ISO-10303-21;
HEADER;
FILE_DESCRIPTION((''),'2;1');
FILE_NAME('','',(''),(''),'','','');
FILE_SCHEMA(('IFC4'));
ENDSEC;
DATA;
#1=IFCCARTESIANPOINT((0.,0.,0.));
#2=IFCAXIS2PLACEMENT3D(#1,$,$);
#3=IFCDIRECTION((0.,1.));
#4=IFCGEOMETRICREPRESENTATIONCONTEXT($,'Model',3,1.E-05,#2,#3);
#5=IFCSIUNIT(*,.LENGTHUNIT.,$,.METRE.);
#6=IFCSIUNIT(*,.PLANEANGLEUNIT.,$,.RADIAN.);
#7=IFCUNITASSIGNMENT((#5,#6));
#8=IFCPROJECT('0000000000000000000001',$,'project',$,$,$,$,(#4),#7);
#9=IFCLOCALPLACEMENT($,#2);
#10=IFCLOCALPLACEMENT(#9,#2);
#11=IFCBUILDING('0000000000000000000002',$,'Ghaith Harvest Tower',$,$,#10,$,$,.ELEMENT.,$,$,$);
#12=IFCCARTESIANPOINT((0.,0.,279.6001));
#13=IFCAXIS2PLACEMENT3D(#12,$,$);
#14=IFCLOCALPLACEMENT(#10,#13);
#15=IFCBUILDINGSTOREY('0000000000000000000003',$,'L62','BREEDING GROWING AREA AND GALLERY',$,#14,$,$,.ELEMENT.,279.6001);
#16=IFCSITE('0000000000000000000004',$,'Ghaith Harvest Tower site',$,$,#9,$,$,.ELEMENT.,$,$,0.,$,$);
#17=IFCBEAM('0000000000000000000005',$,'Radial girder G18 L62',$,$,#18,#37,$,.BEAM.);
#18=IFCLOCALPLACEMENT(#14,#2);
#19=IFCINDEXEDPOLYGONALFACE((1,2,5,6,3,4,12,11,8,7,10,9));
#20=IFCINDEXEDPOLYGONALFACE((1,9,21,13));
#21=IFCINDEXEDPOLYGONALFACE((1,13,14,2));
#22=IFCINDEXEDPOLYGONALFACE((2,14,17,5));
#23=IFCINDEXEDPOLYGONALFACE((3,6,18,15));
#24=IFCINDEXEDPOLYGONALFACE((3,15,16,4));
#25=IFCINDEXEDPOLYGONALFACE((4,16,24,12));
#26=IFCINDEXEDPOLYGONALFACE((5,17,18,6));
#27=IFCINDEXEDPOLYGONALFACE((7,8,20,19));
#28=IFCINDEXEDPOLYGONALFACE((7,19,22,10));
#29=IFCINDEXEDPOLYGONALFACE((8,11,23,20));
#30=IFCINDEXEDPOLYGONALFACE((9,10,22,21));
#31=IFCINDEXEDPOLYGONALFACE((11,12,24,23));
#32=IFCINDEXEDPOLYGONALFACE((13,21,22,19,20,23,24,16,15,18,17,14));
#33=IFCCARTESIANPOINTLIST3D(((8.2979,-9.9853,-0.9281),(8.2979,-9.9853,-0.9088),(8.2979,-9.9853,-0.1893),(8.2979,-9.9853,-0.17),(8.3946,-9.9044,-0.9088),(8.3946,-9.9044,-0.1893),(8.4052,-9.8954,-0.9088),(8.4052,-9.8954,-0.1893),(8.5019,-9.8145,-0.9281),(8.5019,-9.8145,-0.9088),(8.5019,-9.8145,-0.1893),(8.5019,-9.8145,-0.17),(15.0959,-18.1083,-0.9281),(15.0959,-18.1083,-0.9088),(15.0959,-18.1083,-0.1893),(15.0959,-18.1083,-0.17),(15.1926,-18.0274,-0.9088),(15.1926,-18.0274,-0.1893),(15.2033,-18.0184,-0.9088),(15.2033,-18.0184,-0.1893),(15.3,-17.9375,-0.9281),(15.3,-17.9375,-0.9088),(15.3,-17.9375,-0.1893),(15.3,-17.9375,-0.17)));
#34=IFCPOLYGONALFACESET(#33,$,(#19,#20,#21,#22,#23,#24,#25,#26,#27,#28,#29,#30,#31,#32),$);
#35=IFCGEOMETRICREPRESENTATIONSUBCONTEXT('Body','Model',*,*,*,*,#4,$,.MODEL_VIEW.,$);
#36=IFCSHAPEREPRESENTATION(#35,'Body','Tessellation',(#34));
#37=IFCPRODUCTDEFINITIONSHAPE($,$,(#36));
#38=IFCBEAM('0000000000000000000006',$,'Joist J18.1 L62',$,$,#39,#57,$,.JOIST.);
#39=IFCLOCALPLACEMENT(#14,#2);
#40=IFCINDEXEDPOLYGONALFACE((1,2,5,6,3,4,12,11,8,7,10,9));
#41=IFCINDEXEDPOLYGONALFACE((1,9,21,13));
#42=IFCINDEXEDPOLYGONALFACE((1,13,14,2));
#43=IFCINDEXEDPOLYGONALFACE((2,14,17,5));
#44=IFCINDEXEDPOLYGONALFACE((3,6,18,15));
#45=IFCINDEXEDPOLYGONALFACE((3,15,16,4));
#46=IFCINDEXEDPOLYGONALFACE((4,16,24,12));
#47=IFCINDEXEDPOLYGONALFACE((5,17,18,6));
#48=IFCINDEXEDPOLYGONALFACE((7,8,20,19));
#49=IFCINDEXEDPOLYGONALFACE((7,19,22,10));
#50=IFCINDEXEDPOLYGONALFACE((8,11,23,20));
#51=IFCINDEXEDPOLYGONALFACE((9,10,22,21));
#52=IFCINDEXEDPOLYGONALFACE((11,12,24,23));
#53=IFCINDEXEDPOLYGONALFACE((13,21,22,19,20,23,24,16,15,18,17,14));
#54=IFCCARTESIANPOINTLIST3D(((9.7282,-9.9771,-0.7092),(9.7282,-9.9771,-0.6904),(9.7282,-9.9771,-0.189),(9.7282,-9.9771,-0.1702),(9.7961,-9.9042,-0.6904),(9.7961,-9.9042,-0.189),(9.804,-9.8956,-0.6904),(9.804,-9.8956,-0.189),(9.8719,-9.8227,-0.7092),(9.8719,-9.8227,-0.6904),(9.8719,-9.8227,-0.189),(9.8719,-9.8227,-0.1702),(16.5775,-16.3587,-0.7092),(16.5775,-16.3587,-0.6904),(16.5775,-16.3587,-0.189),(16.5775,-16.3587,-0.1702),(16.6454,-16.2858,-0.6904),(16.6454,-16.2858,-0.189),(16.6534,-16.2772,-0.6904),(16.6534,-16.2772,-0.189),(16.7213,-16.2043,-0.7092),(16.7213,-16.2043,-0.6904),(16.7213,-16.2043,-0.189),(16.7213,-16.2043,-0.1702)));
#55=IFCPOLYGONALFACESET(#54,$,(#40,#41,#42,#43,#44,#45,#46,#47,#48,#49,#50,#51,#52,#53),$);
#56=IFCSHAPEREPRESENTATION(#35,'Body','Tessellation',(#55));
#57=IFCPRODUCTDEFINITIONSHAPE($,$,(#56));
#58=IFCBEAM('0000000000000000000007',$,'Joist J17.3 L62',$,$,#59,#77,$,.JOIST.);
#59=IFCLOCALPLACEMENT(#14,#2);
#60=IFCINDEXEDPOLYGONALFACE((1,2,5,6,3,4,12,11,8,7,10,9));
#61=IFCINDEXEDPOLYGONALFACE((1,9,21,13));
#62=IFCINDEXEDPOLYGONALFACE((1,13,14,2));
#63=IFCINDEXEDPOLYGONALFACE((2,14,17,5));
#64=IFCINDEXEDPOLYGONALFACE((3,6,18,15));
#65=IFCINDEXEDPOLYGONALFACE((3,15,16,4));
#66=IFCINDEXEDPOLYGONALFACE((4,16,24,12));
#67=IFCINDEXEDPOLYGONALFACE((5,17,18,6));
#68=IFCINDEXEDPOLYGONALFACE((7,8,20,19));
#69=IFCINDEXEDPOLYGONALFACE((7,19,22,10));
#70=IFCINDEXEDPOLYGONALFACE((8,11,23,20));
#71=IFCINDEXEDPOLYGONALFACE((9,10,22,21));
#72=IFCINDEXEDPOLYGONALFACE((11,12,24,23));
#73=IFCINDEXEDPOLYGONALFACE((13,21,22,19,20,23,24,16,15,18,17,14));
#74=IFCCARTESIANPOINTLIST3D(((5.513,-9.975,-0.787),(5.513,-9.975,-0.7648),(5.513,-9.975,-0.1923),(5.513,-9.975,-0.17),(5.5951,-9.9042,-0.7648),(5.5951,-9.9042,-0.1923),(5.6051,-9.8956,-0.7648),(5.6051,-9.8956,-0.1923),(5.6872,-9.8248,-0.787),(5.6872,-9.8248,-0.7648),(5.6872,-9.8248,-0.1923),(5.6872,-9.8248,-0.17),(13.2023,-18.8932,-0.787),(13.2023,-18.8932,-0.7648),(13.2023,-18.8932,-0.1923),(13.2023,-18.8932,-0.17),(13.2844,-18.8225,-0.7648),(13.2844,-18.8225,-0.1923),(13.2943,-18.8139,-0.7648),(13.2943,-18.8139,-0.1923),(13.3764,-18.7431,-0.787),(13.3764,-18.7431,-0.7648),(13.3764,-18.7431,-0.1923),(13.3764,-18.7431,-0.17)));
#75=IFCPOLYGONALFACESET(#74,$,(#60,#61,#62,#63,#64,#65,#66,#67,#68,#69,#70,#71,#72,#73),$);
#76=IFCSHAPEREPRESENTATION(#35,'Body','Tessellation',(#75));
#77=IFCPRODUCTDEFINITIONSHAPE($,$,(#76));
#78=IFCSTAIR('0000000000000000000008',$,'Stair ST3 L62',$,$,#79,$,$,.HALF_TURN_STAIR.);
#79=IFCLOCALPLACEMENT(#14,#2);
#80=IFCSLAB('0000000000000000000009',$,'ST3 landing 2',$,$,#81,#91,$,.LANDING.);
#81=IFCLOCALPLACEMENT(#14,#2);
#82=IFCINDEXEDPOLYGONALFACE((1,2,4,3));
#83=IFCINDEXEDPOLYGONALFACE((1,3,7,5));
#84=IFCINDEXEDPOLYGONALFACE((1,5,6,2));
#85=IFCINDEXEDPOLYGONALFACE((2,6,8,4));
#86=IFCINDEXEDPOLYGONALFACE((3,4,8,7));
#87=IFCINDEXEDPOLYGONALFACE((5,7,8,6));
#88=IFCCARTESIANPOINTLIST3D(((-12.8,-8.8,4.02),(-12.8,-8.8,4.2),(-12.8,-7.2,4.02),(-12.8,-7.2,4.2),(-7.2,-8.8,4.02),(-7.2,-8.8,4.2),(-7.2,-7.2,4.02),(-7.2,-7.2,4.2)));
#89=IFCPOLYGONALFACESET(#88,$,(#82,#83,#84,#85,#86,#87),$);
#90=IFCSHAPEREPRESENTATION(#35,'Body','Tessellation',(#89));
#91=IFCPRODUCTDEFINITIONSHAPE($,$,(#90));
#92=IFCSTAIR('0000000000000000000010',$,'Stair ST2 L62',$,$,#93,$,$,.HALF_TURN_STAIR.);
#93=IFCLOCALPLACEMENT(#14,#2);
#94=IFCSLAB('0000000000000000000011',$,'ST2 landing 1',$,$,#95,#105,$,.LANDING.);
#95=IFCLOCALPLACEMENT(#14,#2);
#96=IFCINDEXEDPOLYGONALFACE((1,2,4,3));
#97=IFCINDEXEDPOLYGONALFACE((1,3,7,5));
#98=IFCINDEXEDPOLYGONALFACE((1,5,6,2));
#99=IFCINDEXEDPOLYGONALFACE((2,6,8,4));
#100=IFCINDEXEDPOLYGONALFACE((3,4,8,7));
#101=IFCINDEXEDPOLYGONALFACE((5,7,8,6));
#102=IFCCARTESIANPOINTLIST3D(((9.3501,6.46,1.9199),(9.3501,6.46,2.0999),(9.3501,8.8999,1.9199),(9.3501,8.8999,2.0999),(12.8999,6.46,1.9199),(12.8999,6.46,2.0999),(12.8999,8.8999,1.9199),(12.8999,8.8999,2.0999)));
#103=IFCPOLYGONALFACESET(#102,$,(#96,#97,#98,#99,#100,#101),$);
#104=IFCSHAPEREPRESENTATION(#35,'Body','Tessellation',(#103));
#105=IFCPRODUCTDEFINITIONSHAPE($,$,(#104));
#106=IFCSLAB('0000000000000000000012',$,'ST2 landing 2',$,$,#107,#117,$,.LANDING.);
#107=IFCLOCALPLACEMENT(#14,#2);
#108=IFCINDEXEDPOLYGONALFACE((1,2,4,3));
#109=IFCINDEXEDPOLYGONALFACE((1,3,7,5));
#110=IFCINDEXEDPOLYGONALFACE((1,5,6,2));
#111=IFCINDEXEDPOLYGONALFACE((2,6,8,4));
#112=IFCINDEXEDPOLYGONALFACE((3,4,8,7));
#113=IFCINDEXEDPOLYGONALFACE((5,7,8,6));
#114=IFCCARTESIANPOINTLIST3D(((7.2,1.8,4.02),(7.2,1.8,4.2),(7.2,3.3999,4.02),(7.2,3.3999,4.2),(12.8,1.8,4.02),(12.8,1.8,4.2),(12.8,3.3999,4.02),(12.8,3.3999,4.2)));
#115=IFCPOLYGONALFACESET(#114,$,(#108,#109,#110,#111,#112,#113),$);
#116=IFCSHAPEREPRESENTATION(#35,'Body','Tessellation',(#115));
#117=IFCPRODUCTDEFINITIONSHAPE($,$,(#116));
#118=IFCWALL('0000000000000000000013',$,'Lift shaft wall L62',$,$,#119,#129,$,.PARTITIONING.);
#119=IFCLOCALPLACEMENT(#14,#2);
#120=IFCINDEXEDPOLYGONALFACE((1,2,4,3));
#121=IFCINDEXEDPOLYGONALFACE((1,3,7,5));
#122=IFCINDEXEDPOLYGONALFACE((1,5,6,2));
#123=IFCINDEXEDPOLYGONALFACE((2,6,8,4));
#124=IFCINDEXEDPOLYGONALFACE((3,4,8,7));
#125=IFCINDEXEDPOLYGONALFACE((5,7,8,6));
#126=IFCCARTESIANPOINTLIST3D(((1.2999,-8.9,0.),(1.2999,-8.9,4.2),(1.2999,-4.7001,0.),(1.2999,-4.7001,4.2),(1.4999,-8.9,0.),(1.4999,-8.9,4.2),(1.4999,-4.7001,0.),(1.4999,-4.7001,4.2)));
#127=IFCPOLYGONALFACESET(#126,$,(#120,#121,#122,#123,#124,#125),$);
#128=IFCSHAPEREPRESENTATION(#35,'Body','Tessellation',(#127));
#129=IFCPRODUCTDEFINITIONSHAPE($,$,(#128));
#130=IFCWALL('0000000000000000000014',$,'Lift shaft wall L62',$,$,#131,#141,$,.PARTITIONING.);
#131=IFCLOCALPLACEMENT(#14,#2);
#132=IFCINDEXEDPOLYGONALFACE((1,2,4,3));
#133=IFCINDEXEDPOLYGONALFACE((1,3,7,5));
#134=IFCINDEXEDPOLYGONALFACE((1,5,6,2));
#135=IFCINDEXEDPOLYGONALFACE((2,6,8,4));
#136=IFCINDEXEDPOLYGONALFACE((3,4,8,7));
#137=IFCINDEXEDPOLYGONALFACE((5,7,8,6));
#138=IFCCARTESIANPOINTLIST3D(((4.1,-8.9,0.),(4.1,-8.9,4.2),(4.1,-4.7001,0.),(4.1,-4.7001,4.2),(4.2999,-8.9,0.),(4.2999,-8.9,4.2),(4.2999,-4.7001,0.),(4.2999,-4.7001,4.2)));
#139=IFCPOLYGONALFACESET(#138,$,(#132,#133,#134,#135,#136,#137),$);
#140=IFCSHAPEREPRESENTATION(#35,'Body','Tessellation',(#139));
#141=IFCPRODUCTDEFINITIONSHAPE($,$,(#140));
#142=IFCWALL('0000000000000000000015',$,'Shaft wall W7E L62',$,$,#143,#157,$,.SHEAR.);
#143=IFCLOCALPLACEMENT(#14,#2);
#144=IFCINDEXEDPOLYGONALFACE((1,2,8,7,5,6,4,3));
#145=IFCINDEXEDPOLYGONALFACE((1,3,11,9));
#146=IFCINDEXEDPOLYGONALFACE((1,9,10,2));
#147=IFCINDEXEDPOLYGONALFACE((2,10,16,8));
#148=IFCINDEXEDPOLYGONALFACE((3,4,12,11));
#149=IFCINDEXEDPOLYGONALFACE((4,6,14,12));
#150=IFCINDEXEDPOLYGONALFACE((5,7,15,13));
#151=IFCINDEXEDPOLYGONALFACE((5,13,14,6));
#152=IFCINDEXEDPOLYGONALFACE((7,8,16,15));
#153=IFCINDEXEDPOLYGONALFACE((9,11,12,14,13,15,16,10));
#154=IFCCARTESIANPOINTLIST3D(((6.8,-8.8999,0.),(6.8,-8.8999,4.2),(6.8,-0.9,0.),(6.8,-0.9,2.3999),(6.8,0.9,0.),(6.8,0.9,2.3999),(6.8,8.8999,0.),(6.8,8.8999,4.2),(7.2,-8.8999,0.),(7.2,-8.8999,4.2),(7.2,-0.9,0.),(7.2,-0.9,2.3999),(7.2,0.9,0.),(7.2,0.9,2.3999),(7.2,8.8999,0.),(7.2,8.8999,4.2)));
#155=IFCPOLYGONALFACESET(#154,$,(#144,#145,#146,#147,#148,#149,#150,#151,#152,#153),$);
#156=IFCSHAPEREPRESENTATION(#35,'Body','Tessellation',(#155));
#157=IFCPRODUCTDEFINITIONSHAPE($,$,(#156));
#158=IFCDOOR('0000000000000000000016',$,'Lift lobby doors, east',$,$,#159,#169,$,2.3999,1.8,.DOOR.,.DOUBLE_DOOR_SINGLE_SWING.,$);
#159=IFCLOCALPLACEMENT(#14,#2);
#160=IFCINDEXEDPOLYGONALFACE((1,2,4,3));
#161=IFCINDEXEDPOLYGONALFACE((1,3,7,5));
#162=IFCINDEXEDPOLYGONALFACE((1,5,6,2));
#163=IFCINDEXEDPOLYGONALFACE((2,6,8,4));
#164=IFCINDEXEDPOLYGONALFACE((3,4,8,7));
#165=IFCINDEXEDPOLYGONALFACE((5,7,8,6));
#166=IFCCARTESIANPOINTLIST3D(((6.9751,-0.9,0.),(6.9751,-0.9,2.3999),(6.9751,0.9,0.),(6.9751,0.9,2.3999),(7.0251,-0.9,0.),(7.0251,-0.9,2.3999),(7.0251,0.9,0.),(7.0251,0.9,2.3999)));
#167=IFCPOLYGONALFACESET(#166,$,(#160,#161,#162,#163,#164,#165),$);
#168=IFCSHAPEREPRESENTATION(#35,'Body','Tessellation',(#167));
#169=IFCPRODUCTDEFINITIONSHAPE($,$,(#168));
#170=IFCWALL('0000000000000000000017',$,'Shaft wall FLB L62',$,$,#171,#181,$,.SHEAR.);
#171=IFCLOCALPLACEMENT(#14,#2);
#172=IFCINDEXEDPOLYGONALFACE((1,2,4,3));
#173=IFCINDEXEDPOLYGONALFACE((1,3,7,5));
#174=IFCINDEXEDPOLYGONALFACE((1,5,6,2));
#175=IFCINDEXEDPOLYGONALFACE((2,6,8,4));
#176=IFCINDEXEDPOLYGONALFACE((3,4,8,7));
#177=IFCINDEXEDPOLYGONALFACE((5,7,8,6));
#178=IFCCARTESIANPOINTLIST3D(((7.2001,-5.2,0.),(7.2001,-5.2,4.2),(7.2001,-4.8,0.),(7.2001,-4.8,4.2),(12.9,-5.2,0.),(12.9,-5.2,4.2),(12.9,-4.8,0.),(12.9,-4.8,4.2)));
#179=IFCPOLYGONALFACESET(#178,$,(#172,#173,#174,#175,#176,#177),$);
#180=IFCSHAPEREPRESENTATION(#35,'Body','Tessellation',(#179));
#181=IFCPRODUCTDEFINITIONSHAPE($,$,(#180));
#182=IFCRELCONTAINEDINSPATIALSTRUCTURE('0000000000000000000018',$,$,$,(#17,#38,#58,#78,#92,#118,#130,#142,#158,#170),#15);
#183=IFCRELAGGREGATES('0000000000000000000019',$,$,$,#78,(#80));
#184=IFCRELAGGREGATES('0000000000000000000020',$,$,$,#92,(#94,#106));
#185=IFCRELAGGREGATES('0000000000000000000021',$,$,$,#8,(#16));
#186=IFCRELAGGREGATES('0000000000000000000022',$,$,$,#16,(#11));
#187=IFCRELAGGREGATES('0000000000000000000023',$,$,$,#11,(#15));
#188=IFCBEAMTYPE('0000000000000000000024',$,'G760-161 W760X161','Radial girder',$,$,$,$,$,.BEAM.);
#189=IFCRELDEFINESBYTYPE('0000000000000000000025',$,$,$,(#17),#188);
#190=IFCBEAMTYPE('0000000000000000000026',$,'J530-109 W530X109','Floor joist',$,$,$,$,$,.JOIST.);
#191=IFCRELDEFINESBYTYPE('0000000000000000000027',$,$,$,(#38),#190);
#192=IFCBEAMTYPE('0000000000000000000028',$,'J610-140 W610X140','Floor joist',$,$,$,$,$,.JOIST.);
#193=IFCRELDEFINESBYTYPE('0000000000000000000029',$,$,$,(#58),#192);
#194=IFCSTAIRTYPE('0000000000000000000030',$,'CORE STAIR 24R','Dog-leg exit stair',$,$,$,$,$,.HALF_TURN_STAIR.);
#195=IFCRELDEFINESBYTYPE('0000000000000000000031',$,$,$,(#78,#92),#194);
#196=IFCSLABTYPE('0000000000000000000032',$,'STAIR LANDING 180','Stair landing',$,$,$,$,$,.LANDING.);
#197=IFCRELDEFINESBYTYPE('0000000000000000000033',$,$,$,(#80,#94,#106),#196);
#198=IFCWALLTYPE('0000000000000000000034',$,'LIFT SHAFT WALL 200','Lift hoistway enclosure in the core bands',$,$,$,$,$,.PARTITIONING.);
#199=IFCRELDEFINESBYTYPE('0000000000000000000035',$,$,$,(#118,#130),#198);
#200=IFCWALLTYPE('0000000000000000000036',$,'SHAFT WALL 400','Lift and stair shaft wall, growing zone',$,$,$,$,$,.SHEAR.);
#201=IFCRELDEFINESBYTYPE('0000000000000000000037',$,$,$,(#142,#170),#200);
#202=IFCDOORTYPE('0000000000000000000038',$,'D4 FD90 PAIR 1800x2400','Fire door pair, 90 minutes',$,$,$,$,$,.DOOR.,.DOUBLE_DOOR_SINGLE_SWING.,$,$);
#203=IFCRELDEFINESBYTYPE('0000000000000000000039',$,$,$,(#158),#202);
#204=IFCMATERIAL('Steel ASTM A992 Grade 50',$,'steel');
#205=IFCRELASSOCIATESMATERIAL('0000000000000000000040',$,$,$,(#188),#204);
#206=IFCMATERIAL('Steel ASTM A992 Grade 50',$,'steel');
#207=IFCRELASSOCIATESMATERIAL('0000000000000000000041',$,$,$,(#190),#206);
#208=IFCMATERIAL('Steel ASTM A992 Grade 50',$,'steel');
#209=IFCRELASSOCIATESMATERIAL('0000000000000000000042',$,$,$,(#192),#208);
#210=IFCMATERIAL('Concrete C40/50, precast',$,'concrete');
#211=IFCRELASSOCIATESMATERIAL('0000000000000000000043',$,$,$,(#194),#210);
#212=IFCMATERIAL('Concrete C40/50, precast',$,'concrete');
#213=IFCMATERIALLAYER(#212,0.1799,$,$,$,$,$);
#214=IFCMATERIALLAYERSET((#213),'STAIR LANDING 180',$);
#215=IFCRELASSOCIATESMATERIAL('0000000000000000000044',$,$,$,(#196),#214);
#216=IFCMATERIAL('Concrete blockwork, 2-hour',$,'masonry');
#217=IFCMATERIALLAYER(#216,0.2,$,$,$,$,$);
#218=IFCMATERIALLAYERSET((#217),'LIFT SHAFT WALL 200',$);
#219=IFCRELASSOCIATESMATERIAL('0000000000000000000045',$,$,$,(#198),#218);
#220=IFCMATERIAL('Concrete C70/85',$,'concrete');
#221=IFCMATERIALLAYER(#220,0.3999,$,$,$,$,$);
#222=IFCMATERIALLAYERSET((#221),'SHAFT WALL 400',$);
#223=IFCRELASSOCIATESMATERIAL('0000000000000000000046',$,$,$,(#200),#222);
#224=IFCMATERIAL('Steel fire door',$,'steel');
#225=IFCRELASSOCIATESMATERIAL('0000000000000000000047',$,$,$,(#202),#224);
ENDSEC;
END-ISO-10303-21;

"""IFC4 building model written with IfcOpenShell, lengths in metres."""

from ifc_helpers import new_model, si_unit, direction, frame, frame_2d, origin, origin_2d, place, context, subcontext, project, spatial, polyline, rectangle, i_section, outline, extrude, material, layer, layer_set, material_profile, profile_set, type_object, element, fill, aggregate, save


model = new_model("IFC4")

# Units and contexts
model_context = context("Model", 3, precision=1e-05, world=origin(), true_north=direction((0.0, 1.0)))
body_context = subcontext(model_context, "Body", "Model", "MODEL_VIEW")
ifc_project = project(units=[si_unit("LENGTHUNIT", "METRE"), si_unit("PLANEANGLEUNIT", "RADIAN")], contexts=[model_context])

# Site, building, storey
site_placement = place(None, origin())
site = spatial("IfcSite", under=ifc_project, at=site_placement, Name="Ghaith Harvest Tower site", CompositionType="ELEMENT", RefElevation=0.0)
building_placement = place(site_placement, origin())
building = spatial("IfcBuilding", under=site, at=building_placement, Name="Ghaith Harvest Tower", CompositionType="ELEMENT")
storey_placement = place(building_placement, frame((0.0, 0.0, 279.6001)))
storey = spatial("IfcBuildingStorey", under=building, at=storey_placement, Name="L62", Description="BREEDING GROWING AREA AND GALLERY", CompositionType="ELEMENT", Elevation=279.6001)

# Beams
ifc_material_1 = material(Name="Steel ASTM A992 Grade 50", Category="steel")
ifc_material_profile_1 = material_profile(ifc_material_1, i_section(OverallWidth=0.2661, OverallDepth=0.7581, WebThickness=0.0139, FlangeThickness=0.0193, at=origin_2d()), Name="W760X161")
ifc_profile_set_1 = profile_set([ifc_material_profile_1], Name="Steel ASTM A992 Grade 50")
beam_type_1 = type_object("IfcBeamType", Name="G760-161 W760X161", Description="Radial girder", PredefinedType="BEAM", material=ifc_profile_set_1)
beam_1_placement = place(storey_placement, frame((8.3999, -9.8999, -0.5491), z_axis=(0.641793, -0.766878, 0.0), x_axis=(0.766878, 0.641793, 0.0)))
element("IfcBeam", 1, at=beam_1_placement, inside=storey, type_object=beam_type_1, Name="Radial girder G18 L62", PredefinedType="BEAM", context=body_context, shape_type="SweptSolid", body=[
    extrude(i_section(OverallWidth=0.2661, OverallDepth=0.7581, WebThickness=0.0139, FlangeThickness=0.0193, at=origin_2d()), origin(), (0.0, 0.0, 1.0), 10.5923),
])
ifc_material_2 = material(Name="Steel ASTM A992 Grade 50", Category="steel")
ifc_material_profile_2 = material_profile(ifc_material_2, i_section(OverallWidth=0.2109, OverallDepth=0.5391, WebThickness=0.0117, FlangeThickness=0.0188, at=origin_2d()), Name="W530X109")
ifc_profile_set_2 = profile_set([ifc_material_profile_2], Name="Steel ASTM A992 Grade 50")
beam_type_2 = type_object("IfcBeamType", Name="J530-109 W530X109", Description="Floor joist", PredefinedType="JOIST", material=ifc_profile_set_2)
beam_2_placement = place(storey_placement, frame((9.8, -9.8999, -0.4397), z_axis=(0.731649, -0.681682, 0.0), x_axis=(0.681682, 0.731649, 0.0)))
element("IfcBeam", 2, at=beam_2_placement, inside=storey, type_object=beam_type_2, Name="Joist J18.1 L62", PredefinedType="JOIST", context=body_context, shape_type="SweptSolid", body=[
    extrude(i_section(OverallWidth=0.2109, OverallDepth=0.5391, WebThickness=0.0117, FlangeThickness=0.0188, at=origin_2d()), origin(), (0.0, 0.0, 1.0), 9.3616),
])
ifc_material_3 = material(Name="Steel ASTM A992 Grade 50", Category="steel")
ifc_material_profile_3 = material_profile(ifc_material_3, i_section(OverallWidth=0.23, OverallDepth=0.6169, WebThickness=0.0132, FlangeThickness=0.0222, at=origin_2d()), Name="W610X140")
ifc_profile_set_3 = profile_set([ifc_material_profile_3], Name="Steel ASTM A992 Grade 50")
beam_type_3 = type_object("IfcBeamType", Name="J610-140 W610X140", Description="Floor joist", PredefinedType="JOIST", material=ifc_profile_set_3)
beam_3_placement = place(storey_placement, frame((5.6001, -9.8999, -0.4785), z_axis=(0.652993, -0.757364, 0.0), x_axis=(0.757364, 0.652993, 0.0)))
element("IfcBeam", 3, at=beam_3_placement, inside=storey, type_object=beam_type_3, Name="Joist J17.3 L62", PredefinedType="JOIST", context=body_context, shape_type="SweptSolid", body=[
    extrude(i_section(OverallWidth=0.23, OverallDepth=0.6169, WebThickness=0.0132, FlangeThickness=0.0222, at=origin_2d()), origin(), (0.0, 0.0, 1.0), 11.7754),
])

# Stair, slab
ifc_material_4 = material(Name="Concrete C40/50, precast", Category="concrete")
stair_type = type_object("IfcStairType", Name="CORE STAIR 24R", Description="Dog-leg exit stair", PredefinedType="HALF_TURN_STAIR", material=ifc_material_4)
stair_1_placement = place(storey_placement, origin())
stair_1 = element("IfcStair", 4, at=stair_1_placement, inside=storey, type_object=stair_type, Name="Stair ST3 L62", PredefinedType="HALF_TURN_STAIR")
ifc_material_5 = material(Name="Concrete C40/50, precast", Category="concrete")
ifc_layer_1 = layer(ifc_material_5, 0.1799)
ifc_layer_set_1 = layer_set([ifc_layer_1], Name="STAIR LANDING 180")
slab_type = type_object("IfcSlabType", Name="STAIR LANDING 180", Description="Stair landing", PredefinedType="LANDING", material=ifc_layer_set_1)
slab_1_placement = place(storey_placement, frame((0.0, 0.0, 4.02)))
slab_1 = element("IfcSlab", 5, at=slab_1_placement, type_object=slab_type, Name="ST3 landing 2", PredefinedType="LANDING", context=body_context, shape_type="SweptSolid", body=[
    extrude(outline(polyline([(-12.8, -8.8), (-12.8, -7.2), (-7.2, -7.2), (-7.2, -8.8), (-12.8, -8.8)])), origin(), (0.0, 0.0, 1.0), 0.1799),
])
aggregate(stair_1, [slab_1])

# Stair, slabs
stair_2_placement = place(storey_placement, origin())
stair_2 = element("IfcStair", 6, at=stair_2_placement, inside=storey, type_object=stair_type, Name="Stair ST2 L62", PredefinedType="HALF_TURN_STAIR")
slab_2_placement = place(storey_placement, frame((0.0, 0.0, 1.9199)))
slab_2 = element("IfcSlab", 7, at=slab_2_placement, type_object=slab_type, Name="ST2 landing 1", PredefinedType="LANDING", context=body_context, shape_type="SweptSolid", body=[
    extrude(outline(polyline([(12.8999, 6.46), (12.8999, 8.8999), (9.3501, 8.8999), (9.3501, 6.46), (12.8999, 6.46)])), origin(), (0.0, 0.0, 1.0), 0.1799),
])
slab_3_placement = place(storey_placement, frame((0.0, 0.0, 4.02)))
slab_3 = element("IfcSlab", 8, at=slab_3_placement, type_object=slab_type, Name="ST2 landing 2", PredefinedType="LANDING", context=body_context, shape_type="SweptSolid", body=[
    extrude(outline(polyline([(12.8, 1.8), (12.8, 3.3999), (7.2, 3.3999), (7.2, 1.8), (12.8, 1.8)])), origin(), (0.0, 0.0, 1.0), 0.1799),
])
aggregate(stair_2, [slab_2, slab_3])

# Walls
ifc_material_6 = material(Name="Concrete blockwork, 2-hour", Category="masonry")
ifc_layer_2 = layer(ifc_material_6, 0.2)
ifc_layer_set_2 = layer_set([ifc_layer_2], Name="LIFT SHAFT WALL 200")
wall_type_1 = type_object("IfcWallType", Name="LIFT SHAFT WALL 200", Description="Lift hoistway enclosure in the core bands", PredefinedType="PARTITIONING", material=ifc_layer_set_2)
for number, where, z_axis, x_axis, name in (
    (9, (1.3999, -4.7, 0.0), (0.0, 0.0, 1.0), (0.0, -1.0, 0.0), "Lift shaft wall L62"),
    (10, (4.2, -4.7, 0.0), (0.0, 0.0, 1.0), (0.0, -1.0, 0.0), "Lift shaft wall L62"),
):
    element("IfcWall", number, at=place(storey_placement, frame(where, z_axis=z_axis, x_axis=x_axis)), inside=storey, type_object=wall_type_1, Name=name, PredefinedType="PARTITIONING", context=body_context, shape_type="SweptSolid", body=[
        extrude(rectangle(XDim=4.2, YDim=0.2, at=frame_2d((2.1001, 0.0))), origin(), (0.0, 0.0, 1.0), 4.2),
    ])

# Wall, opening, door
ifc_material_7 = material(Name="Concrete C70/85", Category="concrete")
ifc_layer_3 = layer(ifc_material_7, 0.3999)
ifc_layer_set_3 = layer_set([ifc_layer_3], Name="SHAFT WALL 400")
wall_type_2 = type_object("IfcWallType", Name="SHAFT WALL 400", Description="Lift and stair shaft wall, growing zone", PredefinedType="SHEAR", material=ifc_layer_set_3)
wall_1_placement = place(storey_placement, frame((7.0, -8.8999, 0.0), z_axis=(0.0, 0.0, 1.0), x_axis=(0.0, 1.0, 0.0)))
wall_1 = element("IfcWall", 11, at=wall_1_placement, inside=storey, type_object=wall_type_2, Name="Shaft wall W7E L62", PredefinedType="SHEAR", context=body_context, shape_type="SweptSolid", body=[
    extrude(rectangle(XDim=17.7998, YDim=0.3999, at=frame_2d((8.8999, 0.0))), origin(), (0.0, 0.0, 1.0), 4.2),
])
opening_1_placement = place(wall_1_placement, frame((8.0, 0.0, 0.0)))
opening_1 = element("IfcOpeningElement", 12, at=opening_1_placement, cuts=wall_1, PredefinedType="OPENING", context=body_context, shape_type="SweptSolid", body=[
    extrude(rectangle(XDim=1.8, YDim=2.3999, at=frame_2d((0.8999, 1.2))), frame((0.0, 0.21, 0.0), z_axis=(0.0, -1.0, 0.0), x_axis=(1.0, 0.0, 0.0)), (0.0, 0.0, 1.0), 0.4199),
])
ifc_material_8 = material(Name="Steel fire door", Category="steel")
door_type_1 = type_object("IfcDoorType", Name="D4 FD90 PAIR 1800x2400", Description="Fire door pair, 90 minutes", OperationType="DOUBLE_DOOR_SINGLE_SWING", PredefinedType="DOOR", material=ifc_material_8)
door_1_placement = place(opening_1_placement, origin())
door_1 = element("IfcDoor", 13, at=door_1_placement, inside=storey, type_object=door_type_1, Name="Lift lobby doors, east", OperationType="DOUBLE_DOOR_SINGLE_SWING", OverallHeight=2.3999, OverallWidth=1.8, PredefinedType="DOOR", context=body_context, shape_type="SweptSolid", body=[
    extrude(rectangle(XDim=1.8, YDim=2.3999, at=frame_2d((0.8999, 1.2))), frame((0.0, 0.0249, 0.0), z_axis=(0.0, -1.0, 0.0), x_axis=(1.0, 0.0, 0.0)), (0.0, 0.0, 1.0), 0.05),
])
fill(opening_1, door_1)

# Wall
wall_2_placement = place(storey_placement, frame((7.2, -5.0, 0.0), z_axis=(0.0, 0.0, 1.0), x_axis=(1.0, 0.0, 0.0)))
element("IfcWall", 14, at=wall_2_placement, inside=storey, type_object=wall_type_2, Name="Shaft wall FLB L62", PredefinedType="SHEAR", context=body_context, shape_type="SweptSolid", body=[
    extrude(rectangle(XDim=5.7, YDim=0.3999, at=frame_2d((2.8501, 0.0))), origin(), (0.0, 0.0, 1.0), 4.2),
])

save(model, "model.ifc")
